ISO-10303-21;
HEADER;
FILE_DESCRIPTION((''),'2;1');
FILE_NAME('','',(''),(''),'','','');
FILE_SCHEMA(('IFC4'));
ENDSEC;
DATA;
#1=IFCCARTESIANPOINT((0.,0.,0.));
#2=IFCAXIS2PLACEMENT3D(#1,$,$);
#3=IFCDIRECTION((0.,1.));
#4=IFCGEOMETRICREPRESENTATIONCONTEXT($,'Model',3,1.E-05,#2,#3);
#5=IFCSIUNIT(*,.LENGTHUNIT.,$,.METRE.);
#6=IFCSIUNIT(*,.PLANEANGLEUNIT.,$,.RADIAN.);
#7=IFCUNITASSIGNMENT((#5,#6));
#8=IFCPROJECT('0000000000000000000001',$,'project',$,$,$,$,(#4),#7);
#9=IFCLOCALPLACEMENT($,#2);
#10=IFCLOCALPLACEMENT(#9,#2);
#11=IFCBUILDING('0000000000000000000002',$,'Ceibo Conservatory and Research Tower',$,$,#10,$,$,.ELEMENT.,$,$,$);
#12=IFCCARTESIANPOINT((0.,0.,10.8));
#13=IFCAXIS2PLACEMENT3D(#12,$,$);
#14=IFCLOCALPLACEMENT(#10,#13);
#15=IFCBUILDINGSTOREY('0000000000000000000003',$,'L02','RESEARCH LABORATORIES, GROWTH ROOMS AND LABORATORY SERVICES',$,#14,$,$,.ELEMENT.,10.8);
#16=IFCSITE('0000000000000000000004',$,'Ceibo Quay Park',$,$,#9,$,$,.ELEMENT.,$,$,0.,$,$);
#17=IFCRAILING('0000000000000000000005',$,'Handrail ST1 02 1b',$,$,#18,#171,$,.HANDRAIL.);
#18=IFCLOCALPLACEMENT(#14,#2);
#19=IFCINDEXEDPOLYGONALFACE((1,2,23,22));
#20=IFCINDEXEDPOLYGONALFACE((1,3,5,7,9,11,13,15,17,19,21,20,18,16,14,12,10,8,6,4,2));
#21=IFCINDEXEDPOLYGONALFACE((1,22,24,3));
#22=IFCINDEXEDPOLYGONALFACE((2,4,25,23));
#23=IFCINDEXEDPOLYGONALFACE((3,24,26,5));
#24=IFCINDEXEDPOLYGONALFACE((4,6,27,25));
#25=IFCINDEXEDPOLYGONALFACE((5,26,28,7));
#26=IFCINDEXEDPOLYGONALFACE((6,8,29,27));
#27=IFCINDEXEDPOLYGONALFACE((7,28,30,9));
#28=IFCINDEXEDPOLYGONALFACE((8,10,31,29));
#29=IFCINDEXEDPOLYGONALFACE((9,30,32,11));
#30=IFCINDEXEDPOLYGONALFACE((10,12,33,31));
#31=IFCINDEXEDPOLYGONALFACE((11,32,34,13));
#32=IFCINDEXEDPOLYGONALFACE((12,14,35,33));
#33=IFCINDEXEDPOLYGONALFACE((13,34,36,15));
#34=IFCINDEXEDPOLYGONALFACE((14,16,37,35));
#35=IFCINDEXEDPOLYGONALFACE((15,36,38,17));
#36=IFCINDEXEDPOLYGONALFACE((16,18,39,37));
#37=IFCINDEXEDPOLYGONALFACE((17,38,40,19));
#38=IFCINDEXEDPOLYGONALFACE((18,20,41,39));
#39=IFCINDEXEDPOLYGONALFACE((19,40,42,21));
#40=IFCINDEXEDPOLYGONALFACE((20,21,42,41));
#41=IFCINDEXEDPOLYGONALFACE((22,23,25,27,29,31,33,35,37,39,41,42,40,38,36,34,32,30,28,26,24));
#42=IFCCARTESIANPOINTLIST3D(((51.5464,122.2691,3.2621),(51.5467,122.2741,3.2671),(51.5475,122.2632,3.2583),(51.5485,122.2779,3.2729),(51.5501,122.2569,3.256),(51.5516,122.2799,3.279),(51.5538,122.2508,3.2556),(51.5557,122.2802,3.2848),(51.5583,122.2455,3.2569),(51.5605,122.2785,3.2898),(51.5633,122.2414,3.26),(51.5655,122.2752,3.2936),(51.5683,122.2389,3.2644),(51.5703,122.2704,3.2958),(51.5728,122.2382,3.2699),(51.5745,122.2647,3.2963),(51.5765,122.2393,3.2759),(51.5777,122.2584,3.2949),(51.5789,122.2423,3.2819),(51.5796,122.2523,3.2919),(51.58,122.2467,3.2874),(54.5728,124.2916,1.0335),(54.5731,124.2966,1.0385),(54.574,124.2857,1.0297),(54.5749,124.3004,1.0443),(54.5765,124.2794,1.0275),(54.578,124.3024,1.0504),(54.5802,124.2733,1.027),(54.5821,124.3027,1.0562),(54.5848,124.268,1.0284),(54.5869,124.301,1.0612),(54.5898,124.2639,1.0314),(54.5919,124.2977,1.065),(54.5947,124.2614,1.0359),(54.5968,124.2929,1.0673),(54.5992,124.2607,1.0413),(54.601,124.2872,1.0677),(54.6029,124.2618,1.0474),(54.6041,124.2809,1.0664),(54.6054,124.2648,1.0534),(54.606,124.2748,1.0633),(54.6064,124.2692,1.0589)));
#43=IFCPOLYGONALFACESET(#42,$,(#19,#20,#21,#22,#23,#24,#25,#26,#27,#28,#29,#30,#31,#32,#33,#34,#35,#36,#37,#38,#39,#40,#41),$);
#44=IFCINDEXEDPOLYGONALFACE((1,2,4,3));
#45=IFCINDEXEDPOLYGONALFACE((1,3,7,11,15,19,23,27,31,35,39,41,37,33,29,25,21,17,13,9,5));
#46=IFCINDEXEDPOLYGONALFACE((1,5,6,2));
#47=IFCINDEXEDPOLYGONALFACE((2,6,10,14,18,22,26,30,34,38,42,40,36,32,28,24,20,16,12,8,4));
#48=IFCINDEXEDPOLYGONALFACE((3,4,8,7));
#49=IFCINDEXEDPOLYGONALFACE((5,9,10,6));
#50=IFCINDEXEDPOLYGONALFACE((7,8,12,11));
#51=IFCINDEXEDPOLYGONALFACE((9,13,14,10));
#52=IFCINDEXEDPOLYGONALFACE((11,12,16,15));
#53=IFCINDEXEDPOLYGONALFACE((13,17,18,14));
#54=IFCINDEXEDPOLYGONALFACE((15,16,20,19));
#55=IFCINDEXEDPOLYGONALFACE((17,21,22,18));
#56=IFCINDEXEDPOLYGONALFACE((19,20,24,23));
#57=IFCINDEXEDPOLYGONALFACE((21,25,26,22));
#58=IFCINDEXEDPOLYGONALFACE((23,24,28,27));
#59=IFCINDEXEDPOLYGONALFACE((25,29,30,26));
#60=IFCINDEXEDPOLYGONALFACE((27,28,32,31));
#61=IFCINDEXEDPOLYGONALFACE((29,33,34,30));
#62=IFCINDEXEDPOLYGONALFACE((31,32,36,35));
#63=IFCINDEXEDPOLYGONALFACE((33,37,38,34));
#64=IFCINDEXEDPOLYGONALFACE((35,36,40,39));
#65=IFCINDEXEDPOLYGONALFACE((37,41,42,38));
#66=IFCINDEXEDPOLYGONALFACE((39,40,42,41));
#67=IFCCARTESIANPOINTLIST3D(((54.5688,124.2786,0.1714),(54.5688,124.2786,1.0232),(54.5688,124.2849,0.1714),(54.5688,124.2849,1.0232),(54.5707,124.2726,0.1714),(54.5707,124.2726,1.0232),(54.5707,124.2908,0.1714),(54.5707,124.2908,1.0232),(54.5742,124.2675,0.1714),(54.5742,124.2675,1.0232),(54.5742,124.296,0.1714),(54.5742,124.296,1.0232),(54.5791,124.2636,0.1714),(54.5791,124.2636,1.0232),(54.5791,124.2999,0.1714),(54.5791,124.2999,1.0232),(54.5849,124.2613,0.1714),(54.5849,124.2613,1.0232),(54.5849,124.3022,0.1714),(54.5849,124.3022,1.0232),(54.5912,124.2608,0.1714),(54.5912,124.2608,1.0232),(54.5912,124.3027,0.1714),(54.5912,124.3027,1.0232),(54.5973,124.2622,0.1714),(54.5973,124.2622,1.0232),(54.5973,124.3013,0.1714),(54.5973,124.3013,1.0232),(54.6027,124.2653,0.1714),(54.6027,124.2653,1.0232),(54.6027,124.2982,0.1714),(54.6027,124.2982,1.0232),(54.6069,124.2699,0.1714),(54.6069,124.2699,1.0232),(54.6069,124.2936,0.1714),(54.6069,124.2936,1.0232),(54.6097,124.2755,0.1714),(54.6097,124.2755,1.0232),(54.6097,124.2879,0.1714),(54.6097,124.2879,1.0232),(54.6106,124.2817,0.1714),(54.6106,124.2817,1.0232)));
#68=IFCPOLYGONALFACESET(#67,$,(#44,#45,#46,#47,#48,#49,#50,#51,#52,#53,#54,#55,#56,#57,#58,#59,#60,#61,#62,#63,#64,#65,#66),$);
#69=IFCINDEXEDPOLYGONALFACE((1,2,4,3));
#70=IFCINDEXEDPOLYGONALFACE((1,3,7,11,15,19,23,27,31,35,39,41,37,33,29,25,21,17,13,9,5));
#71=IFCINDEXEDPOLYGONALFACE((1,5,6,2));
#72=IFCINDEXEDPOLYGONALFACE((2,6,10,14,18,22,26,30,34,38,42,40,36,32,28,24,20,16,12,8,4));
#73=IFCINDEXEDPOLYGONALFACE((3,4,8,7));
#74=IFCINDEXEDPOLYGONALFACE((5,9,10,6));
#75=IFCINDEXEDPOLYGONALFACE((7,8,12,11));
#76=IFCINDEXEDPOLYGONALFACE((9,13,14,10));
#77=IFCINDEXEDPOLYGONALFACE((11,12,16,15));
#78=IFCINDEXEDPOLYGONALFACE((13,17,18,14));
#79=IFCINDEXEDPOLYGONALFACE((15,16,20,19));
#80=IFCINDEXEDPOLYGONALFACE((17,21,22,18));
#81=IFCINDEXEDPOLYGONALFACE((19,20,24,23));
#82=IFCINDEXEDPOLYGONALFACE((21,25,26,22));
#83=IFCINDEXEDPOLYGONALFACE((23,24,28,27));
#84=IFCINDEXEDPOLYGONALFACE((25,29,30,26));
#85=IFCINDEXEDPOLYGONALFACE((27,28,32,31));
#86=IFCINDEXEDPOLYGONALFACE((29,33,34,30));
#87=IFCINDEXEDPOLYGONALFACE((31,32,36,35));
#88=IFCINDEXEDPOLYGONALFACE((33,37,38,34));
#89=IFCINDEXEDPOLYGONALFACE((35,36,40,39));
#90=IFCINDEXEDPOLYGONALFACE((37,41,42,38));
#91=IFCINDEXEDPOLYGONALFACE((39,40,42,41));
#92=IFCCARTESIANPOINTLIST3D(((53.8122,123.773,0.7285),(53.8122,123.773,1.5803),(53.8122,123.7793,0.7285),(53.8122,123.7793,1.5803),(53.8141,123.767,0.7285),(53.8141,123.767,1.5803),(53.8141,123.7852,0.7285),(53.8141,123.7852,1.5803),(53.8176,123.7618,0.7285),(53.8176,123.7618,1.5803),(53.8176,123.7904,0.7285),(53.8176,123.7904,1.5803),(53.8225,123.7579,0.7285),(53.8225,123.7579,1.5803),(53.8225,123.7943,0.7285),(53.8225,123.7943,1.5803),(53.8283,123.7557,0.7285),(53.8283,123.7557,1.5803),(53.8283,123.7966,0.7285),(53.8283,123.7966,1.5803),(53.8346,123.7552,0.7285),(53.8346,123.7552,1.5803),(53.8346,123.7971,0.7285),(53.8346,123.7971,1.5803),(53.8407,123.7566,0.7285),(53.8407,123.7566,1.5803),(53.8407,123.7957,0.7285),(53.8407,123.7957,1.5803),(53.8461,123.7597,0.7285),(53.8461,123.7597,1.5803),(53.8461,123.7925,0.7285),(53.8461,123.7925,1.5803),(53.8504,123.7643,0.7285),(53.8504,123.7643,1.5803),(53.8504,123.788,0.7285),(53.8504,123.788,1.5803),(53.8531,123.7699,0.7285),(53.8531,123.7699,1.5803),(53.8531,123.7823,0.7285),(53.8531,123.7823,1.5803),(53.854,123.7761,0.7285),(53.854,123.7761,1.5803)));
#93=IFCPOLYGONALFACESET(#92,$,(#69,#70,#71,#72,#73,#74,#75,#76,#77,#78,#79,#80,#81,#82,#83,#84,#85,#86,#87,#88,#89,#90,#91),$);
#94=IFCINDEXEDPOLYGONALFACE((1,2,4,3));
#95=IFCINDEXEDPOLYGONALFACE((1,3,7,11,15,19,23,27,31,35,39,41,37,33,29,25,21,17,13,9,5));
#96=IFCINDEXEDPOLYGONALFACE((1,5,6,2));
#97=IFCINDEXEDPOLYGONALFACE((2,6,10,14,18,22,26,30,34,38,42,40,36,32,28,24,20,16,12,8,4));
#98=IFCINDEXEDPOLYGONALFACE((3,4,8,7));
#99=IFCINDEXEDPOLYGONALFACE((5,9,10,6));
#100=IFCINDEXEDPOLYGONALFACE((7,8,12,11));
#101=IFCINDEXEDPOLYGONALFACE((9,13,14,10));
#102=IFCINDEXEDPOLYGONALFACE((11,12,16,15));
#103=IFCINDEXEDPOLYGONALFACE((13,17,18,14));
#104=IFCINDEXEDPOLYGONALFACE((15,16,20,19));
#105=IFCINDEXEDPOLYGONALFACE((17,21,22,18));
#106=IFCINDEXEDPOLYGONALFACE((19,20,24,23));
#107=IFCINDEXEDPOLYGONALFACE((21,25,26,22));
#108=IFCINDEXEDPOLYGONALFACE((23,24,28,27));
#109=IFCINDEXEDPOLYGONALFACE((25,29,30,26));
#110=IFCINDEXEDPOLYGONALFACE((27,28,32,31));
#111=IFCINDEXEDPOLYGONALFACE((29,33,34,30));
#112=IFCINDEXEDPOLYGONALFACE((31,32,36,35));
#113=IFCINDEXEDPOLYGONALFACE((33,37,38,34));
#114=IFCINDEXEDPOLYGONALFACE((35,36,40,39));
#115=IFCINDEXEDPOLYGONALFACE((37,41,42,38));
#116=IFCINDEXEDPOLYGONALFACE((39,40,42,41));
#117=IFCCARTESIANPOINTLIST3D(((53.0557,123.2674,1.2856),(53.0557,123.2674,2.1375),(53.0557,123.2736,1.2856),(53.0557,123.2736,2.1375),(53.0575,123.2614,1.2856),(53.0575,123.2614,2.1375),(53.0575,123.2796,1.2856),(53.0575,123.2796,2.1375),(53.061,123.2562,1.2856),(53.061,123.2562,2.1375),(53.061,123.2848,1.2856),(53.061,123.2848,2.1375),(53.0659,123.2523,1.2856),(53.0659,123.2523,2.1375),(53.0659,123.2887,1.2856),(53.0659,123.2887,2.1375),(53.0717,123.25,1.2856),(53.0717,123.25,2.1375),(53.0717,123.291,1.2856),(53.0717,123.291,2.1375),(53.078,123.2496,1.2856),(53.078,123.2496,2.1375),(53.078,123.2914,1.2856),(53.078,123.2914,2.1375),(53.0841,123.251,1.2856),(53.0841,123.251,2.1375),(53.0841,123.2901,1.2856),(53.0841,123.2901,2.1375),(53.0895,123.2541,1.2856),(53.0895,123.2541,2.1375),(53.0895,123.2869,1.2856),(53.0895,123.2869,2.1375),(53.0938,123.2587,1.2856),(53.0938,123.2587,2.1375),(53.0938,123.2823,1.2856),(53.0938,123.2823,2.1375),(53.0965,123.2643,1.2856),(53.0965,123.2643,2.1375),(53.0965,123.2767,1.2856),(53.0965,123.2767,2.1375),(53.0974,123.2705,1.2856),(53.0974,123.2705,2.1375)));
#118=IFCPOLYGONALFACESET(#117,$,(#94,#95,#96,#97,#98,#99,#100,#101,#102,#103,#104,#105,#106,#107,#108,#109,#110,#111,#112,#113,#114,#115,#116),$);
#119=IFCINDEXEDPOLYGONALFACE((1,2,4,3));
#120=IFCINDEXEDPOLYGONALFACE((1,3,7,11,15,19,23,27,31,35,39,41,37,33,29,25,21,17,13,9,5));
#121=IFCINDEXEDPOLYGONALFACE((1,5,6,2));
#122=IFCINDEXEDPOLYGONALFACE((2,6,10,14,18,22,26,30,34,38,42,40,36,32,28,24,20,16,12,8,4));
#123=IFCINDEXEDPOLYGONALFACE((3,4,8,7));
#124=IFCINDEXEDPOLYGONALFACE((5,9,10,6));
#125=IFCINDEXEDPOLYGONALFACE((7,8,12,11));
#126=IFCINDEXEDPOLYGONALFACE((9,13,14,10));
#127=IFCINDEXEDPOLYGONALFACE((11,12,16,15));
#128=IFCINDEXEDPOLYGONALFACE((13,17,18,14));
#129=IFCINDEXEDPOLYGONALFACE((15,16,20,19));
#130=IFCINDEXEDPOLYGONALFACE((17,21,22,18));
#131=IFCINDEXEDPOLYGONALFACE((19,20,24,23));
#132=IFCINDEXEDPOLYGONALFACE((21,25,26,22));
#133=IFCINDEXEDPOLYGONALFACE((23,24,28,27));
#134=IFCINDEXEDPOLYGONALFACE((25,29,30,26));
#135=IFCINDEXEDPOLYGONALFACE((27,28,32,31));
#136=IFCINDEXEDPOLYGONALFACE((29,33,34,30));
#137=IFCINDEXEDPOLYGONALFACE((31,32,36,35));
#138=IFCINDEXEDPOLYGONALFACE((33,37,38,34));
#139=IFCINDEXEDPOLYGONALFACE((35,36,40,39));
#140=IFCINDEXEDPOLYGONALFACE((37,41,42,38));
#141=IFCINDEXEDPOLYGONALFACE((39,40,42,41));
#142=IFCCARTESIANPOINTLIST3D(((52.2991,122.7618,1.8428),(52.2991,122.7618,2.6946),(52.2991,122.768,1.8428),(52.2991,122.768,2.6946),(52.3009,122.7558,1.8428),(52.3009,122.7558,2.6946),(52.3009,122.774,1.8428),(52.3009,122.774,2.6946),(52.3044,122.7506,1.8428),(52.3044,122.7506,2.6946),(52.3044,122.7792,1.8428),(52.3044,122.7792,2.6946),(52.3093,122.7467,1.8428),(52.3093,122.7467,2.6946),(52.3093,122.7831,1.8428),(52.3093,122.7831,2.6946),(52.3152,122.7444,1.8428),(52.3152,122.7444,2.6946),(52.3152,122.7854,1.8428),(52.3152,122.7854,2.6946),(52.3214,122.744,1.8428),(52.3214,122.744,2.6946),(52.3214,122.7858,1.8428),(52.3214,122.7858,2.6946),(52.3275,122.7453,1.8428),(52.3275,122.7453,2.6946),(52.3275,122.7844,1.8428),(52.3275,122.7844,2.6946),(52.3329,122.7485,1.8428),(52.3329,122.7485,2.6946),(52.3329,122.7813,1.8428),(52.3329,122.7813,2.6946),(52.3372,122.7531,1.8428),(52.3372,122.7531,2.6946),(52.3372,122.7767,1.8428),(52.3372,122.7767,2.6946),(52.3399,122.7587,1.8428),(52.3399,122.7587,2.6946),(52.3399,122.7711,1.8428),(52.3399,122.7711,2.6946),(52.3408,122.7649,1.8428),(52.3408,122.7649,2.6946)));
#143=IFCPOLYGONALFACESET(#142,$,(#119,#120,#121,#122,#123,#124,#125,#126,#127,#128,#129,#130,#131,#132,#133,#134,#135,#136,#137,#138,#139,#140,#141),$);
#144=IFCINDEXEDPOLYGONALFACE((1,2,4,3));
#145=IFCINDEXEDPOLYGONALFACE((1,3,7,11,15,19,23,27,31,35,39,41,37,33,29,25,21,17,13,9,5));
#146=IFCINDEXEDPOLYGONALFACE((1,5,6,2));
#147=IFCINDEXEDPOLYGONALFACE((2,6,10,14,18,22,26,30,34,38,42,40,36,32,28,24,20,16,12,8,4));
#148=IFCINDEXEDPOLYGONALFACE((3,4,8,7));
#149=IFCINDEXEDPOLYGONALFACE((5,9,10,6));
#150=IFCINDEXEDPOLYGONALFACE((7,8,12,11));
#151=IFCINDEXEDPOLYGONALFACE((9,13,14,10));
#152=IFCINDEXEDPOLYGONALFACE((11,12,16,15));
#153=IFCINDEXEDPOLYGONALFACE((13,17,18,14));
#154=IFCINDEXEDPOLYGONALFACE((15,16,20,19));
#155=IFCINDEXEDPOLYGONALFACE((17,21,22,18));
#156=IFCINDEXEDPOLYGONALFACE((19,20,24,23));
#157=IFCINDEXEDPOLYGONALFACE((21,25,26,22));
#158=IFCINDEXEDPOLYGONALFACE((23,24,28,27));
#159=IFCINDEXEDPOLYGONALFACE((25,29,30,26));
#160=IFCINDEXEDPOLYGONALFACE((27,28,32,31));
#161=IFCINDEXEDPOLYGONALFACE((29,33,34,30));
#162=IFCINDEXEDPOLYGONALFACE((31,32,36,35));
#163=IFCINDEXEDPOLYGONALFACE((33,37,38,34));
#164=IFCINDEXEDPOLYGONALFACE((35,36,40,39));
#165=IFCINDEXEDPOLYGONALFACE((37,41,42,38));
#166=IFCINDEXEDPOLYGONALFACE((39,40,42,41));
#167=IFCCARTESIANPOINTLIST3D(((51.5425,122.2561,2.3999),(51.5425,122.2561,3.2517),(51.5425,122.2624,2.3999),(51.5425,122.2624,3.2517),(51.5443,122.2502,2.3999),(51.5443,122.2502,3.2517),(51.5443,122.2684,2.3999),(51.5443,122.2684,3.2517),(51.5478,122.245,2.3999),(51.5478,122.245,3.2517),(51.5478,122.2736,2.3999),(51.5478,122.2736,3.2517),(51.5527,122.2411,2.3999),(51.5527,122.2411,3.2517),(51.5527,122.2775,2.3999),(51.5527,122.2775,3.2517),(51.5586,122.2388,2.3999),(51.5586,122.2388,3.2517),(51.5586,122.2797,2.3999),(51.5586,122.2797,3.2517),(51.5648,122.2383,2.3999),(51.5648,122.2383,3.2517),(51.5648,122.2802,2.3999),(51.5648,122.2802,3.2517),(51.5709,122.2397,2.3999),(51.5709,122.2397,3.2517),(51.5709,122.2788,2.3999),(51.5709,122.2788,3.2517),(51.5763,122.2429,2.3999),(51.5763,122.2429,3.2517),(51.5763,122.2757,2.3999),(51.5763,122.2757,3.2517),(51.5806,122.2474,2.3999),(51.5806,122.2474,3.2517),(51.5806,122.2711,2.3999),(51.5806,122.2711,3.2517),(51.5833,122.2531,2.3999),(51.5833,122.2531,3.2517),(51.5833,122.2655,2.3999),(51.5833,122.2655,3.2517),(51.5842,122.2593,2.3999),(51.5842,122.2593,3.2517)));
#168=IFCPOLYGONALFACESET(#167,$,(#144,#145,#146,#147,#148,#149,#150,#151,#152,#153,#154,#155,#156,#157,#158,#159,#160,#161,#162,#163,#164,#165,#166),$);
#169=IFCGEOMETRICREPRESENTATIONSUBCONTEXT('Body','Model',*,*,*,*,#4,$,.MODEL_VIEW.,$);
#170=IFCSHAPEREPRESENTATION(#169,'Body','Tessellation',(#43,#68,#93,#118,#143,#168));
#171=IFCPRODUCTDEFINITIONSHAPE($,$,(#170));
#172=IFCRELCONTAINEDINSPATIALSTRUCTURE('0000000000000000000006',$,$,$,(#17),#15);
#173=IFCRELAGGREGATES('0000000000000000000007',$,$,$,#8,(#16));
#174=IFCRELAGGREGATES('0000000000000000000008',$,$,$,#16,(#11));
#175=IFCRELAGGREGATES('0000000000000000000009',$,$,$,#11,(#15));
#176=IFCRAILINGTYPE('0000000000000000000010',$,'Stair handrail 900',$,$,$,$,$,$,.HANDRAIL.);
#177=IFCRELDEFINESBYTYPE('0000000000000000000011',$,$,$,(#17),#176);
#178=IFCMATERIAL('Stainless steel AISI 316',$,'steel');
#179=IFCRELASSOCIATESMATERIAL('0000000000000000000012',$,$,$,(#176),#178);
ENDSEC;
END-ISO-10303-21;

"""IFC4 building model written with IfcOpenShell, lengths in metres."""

from ifc_helpers import new_model, si_unit, direction, frame, origin, origin_2d, place, context, subcontext, project, spatial, circle, extrude, material, type_object, element, save


model = new_model("IFC4")

# Units and contexts
model_context = context("Model", 3, precision=1e-05, world=origin(), true_north=direction((0.0, 1.0)))
body_context = subcontext(model_context, "Body", "Model", "MODEL_VIEW")
ifc_project = project(units=[si_unit("LENGTHUNIT", "METRE"), si_unit("PLANEANGLEUNIT", "RADIAN")], contexts=[model_context])

# Site, building, storey
site_placement = place(None, origin())
site = spatial("IfcSite", under=ifc_project, at=site_placement, Name="Ceibo Quay Park", CompositionType="ELEMENT", RefElevation=0.0)
building_placement = place(site_placement, origin())
building = spatial("IfcBuilding", under=site, at=building_placement, Name="Ceibo Conservatory and Research Tower", CompositionType="ELEMENT")
storey_placement = place(building_placement, frame((0.0, 0.0, 10.8)))
storey = spatial("IfcBuildingStorey", under=building, at=storey_placement, Name="L02", Description="RESEARCH LABORATORIES, GROWTH ROOMS AND LABORATORY SERVICES", CompositionType="ELEMENT", Elevation=10.8)

# Railing
ifc_material_1 = material(Name="Stainless steel AISI 316", Category="steel")
railing_type = type_object("IfcRailingType", Name="Stair handrail 900", PredefinedType="HANDRAIL", material=ifc_material_1)
railing_1_placement = place(storey_placement, frame((54.5896, 124.2817, 0.1714)))
element("IfcRailing", 1, at=railing_1_placement, inside=storey, type_object=railing_type, Name="Handrail ST1 02 1b", PredefinedType="HANDRAIL", context=body_context, shape_type="SweptSolid", body=[
    extrude(circle(Radius=0.0239, at=origin_2d()), frame((0.0, 0.0, 0.876), z_axis=(-0.709089, -0.47387, 0.522149), x_axis=(0.555629, -0.831431, 0.0)), (0.0, 0.0, 1.0), 4.2681),
    extrude(circle(Radius=0.021, at=origin_2d()), origin(), (0.0, 0.0, 1.0), 0.8518),
    extrude(circle(Radius=0.021, at=origin_2d()), frame((-0.7566, -0.5056, 0.5571)), (0.0, 0.0, 1.0), 0.8518),
    extrude(circle(Radius=0.021, at=origin_2d()), frame((-1.5132, -1.0112, 1.1143)), (0.0, 0.0, 1.0), 0.8518),
    extrude(circle(Radius=0.021, at=origin_2d()), frame((-2.2698, -1.5168, 1.6714)), (0.0, 0.0, 1.0), 0.8518),
    extrude(circle(Radius=0.021, at=origin_2d()), frame((-3.0264, -2.0225, 2.2285)), (0.0, 0.0, 1.0), 0.8518),
])

save(model, "model.ifc")
